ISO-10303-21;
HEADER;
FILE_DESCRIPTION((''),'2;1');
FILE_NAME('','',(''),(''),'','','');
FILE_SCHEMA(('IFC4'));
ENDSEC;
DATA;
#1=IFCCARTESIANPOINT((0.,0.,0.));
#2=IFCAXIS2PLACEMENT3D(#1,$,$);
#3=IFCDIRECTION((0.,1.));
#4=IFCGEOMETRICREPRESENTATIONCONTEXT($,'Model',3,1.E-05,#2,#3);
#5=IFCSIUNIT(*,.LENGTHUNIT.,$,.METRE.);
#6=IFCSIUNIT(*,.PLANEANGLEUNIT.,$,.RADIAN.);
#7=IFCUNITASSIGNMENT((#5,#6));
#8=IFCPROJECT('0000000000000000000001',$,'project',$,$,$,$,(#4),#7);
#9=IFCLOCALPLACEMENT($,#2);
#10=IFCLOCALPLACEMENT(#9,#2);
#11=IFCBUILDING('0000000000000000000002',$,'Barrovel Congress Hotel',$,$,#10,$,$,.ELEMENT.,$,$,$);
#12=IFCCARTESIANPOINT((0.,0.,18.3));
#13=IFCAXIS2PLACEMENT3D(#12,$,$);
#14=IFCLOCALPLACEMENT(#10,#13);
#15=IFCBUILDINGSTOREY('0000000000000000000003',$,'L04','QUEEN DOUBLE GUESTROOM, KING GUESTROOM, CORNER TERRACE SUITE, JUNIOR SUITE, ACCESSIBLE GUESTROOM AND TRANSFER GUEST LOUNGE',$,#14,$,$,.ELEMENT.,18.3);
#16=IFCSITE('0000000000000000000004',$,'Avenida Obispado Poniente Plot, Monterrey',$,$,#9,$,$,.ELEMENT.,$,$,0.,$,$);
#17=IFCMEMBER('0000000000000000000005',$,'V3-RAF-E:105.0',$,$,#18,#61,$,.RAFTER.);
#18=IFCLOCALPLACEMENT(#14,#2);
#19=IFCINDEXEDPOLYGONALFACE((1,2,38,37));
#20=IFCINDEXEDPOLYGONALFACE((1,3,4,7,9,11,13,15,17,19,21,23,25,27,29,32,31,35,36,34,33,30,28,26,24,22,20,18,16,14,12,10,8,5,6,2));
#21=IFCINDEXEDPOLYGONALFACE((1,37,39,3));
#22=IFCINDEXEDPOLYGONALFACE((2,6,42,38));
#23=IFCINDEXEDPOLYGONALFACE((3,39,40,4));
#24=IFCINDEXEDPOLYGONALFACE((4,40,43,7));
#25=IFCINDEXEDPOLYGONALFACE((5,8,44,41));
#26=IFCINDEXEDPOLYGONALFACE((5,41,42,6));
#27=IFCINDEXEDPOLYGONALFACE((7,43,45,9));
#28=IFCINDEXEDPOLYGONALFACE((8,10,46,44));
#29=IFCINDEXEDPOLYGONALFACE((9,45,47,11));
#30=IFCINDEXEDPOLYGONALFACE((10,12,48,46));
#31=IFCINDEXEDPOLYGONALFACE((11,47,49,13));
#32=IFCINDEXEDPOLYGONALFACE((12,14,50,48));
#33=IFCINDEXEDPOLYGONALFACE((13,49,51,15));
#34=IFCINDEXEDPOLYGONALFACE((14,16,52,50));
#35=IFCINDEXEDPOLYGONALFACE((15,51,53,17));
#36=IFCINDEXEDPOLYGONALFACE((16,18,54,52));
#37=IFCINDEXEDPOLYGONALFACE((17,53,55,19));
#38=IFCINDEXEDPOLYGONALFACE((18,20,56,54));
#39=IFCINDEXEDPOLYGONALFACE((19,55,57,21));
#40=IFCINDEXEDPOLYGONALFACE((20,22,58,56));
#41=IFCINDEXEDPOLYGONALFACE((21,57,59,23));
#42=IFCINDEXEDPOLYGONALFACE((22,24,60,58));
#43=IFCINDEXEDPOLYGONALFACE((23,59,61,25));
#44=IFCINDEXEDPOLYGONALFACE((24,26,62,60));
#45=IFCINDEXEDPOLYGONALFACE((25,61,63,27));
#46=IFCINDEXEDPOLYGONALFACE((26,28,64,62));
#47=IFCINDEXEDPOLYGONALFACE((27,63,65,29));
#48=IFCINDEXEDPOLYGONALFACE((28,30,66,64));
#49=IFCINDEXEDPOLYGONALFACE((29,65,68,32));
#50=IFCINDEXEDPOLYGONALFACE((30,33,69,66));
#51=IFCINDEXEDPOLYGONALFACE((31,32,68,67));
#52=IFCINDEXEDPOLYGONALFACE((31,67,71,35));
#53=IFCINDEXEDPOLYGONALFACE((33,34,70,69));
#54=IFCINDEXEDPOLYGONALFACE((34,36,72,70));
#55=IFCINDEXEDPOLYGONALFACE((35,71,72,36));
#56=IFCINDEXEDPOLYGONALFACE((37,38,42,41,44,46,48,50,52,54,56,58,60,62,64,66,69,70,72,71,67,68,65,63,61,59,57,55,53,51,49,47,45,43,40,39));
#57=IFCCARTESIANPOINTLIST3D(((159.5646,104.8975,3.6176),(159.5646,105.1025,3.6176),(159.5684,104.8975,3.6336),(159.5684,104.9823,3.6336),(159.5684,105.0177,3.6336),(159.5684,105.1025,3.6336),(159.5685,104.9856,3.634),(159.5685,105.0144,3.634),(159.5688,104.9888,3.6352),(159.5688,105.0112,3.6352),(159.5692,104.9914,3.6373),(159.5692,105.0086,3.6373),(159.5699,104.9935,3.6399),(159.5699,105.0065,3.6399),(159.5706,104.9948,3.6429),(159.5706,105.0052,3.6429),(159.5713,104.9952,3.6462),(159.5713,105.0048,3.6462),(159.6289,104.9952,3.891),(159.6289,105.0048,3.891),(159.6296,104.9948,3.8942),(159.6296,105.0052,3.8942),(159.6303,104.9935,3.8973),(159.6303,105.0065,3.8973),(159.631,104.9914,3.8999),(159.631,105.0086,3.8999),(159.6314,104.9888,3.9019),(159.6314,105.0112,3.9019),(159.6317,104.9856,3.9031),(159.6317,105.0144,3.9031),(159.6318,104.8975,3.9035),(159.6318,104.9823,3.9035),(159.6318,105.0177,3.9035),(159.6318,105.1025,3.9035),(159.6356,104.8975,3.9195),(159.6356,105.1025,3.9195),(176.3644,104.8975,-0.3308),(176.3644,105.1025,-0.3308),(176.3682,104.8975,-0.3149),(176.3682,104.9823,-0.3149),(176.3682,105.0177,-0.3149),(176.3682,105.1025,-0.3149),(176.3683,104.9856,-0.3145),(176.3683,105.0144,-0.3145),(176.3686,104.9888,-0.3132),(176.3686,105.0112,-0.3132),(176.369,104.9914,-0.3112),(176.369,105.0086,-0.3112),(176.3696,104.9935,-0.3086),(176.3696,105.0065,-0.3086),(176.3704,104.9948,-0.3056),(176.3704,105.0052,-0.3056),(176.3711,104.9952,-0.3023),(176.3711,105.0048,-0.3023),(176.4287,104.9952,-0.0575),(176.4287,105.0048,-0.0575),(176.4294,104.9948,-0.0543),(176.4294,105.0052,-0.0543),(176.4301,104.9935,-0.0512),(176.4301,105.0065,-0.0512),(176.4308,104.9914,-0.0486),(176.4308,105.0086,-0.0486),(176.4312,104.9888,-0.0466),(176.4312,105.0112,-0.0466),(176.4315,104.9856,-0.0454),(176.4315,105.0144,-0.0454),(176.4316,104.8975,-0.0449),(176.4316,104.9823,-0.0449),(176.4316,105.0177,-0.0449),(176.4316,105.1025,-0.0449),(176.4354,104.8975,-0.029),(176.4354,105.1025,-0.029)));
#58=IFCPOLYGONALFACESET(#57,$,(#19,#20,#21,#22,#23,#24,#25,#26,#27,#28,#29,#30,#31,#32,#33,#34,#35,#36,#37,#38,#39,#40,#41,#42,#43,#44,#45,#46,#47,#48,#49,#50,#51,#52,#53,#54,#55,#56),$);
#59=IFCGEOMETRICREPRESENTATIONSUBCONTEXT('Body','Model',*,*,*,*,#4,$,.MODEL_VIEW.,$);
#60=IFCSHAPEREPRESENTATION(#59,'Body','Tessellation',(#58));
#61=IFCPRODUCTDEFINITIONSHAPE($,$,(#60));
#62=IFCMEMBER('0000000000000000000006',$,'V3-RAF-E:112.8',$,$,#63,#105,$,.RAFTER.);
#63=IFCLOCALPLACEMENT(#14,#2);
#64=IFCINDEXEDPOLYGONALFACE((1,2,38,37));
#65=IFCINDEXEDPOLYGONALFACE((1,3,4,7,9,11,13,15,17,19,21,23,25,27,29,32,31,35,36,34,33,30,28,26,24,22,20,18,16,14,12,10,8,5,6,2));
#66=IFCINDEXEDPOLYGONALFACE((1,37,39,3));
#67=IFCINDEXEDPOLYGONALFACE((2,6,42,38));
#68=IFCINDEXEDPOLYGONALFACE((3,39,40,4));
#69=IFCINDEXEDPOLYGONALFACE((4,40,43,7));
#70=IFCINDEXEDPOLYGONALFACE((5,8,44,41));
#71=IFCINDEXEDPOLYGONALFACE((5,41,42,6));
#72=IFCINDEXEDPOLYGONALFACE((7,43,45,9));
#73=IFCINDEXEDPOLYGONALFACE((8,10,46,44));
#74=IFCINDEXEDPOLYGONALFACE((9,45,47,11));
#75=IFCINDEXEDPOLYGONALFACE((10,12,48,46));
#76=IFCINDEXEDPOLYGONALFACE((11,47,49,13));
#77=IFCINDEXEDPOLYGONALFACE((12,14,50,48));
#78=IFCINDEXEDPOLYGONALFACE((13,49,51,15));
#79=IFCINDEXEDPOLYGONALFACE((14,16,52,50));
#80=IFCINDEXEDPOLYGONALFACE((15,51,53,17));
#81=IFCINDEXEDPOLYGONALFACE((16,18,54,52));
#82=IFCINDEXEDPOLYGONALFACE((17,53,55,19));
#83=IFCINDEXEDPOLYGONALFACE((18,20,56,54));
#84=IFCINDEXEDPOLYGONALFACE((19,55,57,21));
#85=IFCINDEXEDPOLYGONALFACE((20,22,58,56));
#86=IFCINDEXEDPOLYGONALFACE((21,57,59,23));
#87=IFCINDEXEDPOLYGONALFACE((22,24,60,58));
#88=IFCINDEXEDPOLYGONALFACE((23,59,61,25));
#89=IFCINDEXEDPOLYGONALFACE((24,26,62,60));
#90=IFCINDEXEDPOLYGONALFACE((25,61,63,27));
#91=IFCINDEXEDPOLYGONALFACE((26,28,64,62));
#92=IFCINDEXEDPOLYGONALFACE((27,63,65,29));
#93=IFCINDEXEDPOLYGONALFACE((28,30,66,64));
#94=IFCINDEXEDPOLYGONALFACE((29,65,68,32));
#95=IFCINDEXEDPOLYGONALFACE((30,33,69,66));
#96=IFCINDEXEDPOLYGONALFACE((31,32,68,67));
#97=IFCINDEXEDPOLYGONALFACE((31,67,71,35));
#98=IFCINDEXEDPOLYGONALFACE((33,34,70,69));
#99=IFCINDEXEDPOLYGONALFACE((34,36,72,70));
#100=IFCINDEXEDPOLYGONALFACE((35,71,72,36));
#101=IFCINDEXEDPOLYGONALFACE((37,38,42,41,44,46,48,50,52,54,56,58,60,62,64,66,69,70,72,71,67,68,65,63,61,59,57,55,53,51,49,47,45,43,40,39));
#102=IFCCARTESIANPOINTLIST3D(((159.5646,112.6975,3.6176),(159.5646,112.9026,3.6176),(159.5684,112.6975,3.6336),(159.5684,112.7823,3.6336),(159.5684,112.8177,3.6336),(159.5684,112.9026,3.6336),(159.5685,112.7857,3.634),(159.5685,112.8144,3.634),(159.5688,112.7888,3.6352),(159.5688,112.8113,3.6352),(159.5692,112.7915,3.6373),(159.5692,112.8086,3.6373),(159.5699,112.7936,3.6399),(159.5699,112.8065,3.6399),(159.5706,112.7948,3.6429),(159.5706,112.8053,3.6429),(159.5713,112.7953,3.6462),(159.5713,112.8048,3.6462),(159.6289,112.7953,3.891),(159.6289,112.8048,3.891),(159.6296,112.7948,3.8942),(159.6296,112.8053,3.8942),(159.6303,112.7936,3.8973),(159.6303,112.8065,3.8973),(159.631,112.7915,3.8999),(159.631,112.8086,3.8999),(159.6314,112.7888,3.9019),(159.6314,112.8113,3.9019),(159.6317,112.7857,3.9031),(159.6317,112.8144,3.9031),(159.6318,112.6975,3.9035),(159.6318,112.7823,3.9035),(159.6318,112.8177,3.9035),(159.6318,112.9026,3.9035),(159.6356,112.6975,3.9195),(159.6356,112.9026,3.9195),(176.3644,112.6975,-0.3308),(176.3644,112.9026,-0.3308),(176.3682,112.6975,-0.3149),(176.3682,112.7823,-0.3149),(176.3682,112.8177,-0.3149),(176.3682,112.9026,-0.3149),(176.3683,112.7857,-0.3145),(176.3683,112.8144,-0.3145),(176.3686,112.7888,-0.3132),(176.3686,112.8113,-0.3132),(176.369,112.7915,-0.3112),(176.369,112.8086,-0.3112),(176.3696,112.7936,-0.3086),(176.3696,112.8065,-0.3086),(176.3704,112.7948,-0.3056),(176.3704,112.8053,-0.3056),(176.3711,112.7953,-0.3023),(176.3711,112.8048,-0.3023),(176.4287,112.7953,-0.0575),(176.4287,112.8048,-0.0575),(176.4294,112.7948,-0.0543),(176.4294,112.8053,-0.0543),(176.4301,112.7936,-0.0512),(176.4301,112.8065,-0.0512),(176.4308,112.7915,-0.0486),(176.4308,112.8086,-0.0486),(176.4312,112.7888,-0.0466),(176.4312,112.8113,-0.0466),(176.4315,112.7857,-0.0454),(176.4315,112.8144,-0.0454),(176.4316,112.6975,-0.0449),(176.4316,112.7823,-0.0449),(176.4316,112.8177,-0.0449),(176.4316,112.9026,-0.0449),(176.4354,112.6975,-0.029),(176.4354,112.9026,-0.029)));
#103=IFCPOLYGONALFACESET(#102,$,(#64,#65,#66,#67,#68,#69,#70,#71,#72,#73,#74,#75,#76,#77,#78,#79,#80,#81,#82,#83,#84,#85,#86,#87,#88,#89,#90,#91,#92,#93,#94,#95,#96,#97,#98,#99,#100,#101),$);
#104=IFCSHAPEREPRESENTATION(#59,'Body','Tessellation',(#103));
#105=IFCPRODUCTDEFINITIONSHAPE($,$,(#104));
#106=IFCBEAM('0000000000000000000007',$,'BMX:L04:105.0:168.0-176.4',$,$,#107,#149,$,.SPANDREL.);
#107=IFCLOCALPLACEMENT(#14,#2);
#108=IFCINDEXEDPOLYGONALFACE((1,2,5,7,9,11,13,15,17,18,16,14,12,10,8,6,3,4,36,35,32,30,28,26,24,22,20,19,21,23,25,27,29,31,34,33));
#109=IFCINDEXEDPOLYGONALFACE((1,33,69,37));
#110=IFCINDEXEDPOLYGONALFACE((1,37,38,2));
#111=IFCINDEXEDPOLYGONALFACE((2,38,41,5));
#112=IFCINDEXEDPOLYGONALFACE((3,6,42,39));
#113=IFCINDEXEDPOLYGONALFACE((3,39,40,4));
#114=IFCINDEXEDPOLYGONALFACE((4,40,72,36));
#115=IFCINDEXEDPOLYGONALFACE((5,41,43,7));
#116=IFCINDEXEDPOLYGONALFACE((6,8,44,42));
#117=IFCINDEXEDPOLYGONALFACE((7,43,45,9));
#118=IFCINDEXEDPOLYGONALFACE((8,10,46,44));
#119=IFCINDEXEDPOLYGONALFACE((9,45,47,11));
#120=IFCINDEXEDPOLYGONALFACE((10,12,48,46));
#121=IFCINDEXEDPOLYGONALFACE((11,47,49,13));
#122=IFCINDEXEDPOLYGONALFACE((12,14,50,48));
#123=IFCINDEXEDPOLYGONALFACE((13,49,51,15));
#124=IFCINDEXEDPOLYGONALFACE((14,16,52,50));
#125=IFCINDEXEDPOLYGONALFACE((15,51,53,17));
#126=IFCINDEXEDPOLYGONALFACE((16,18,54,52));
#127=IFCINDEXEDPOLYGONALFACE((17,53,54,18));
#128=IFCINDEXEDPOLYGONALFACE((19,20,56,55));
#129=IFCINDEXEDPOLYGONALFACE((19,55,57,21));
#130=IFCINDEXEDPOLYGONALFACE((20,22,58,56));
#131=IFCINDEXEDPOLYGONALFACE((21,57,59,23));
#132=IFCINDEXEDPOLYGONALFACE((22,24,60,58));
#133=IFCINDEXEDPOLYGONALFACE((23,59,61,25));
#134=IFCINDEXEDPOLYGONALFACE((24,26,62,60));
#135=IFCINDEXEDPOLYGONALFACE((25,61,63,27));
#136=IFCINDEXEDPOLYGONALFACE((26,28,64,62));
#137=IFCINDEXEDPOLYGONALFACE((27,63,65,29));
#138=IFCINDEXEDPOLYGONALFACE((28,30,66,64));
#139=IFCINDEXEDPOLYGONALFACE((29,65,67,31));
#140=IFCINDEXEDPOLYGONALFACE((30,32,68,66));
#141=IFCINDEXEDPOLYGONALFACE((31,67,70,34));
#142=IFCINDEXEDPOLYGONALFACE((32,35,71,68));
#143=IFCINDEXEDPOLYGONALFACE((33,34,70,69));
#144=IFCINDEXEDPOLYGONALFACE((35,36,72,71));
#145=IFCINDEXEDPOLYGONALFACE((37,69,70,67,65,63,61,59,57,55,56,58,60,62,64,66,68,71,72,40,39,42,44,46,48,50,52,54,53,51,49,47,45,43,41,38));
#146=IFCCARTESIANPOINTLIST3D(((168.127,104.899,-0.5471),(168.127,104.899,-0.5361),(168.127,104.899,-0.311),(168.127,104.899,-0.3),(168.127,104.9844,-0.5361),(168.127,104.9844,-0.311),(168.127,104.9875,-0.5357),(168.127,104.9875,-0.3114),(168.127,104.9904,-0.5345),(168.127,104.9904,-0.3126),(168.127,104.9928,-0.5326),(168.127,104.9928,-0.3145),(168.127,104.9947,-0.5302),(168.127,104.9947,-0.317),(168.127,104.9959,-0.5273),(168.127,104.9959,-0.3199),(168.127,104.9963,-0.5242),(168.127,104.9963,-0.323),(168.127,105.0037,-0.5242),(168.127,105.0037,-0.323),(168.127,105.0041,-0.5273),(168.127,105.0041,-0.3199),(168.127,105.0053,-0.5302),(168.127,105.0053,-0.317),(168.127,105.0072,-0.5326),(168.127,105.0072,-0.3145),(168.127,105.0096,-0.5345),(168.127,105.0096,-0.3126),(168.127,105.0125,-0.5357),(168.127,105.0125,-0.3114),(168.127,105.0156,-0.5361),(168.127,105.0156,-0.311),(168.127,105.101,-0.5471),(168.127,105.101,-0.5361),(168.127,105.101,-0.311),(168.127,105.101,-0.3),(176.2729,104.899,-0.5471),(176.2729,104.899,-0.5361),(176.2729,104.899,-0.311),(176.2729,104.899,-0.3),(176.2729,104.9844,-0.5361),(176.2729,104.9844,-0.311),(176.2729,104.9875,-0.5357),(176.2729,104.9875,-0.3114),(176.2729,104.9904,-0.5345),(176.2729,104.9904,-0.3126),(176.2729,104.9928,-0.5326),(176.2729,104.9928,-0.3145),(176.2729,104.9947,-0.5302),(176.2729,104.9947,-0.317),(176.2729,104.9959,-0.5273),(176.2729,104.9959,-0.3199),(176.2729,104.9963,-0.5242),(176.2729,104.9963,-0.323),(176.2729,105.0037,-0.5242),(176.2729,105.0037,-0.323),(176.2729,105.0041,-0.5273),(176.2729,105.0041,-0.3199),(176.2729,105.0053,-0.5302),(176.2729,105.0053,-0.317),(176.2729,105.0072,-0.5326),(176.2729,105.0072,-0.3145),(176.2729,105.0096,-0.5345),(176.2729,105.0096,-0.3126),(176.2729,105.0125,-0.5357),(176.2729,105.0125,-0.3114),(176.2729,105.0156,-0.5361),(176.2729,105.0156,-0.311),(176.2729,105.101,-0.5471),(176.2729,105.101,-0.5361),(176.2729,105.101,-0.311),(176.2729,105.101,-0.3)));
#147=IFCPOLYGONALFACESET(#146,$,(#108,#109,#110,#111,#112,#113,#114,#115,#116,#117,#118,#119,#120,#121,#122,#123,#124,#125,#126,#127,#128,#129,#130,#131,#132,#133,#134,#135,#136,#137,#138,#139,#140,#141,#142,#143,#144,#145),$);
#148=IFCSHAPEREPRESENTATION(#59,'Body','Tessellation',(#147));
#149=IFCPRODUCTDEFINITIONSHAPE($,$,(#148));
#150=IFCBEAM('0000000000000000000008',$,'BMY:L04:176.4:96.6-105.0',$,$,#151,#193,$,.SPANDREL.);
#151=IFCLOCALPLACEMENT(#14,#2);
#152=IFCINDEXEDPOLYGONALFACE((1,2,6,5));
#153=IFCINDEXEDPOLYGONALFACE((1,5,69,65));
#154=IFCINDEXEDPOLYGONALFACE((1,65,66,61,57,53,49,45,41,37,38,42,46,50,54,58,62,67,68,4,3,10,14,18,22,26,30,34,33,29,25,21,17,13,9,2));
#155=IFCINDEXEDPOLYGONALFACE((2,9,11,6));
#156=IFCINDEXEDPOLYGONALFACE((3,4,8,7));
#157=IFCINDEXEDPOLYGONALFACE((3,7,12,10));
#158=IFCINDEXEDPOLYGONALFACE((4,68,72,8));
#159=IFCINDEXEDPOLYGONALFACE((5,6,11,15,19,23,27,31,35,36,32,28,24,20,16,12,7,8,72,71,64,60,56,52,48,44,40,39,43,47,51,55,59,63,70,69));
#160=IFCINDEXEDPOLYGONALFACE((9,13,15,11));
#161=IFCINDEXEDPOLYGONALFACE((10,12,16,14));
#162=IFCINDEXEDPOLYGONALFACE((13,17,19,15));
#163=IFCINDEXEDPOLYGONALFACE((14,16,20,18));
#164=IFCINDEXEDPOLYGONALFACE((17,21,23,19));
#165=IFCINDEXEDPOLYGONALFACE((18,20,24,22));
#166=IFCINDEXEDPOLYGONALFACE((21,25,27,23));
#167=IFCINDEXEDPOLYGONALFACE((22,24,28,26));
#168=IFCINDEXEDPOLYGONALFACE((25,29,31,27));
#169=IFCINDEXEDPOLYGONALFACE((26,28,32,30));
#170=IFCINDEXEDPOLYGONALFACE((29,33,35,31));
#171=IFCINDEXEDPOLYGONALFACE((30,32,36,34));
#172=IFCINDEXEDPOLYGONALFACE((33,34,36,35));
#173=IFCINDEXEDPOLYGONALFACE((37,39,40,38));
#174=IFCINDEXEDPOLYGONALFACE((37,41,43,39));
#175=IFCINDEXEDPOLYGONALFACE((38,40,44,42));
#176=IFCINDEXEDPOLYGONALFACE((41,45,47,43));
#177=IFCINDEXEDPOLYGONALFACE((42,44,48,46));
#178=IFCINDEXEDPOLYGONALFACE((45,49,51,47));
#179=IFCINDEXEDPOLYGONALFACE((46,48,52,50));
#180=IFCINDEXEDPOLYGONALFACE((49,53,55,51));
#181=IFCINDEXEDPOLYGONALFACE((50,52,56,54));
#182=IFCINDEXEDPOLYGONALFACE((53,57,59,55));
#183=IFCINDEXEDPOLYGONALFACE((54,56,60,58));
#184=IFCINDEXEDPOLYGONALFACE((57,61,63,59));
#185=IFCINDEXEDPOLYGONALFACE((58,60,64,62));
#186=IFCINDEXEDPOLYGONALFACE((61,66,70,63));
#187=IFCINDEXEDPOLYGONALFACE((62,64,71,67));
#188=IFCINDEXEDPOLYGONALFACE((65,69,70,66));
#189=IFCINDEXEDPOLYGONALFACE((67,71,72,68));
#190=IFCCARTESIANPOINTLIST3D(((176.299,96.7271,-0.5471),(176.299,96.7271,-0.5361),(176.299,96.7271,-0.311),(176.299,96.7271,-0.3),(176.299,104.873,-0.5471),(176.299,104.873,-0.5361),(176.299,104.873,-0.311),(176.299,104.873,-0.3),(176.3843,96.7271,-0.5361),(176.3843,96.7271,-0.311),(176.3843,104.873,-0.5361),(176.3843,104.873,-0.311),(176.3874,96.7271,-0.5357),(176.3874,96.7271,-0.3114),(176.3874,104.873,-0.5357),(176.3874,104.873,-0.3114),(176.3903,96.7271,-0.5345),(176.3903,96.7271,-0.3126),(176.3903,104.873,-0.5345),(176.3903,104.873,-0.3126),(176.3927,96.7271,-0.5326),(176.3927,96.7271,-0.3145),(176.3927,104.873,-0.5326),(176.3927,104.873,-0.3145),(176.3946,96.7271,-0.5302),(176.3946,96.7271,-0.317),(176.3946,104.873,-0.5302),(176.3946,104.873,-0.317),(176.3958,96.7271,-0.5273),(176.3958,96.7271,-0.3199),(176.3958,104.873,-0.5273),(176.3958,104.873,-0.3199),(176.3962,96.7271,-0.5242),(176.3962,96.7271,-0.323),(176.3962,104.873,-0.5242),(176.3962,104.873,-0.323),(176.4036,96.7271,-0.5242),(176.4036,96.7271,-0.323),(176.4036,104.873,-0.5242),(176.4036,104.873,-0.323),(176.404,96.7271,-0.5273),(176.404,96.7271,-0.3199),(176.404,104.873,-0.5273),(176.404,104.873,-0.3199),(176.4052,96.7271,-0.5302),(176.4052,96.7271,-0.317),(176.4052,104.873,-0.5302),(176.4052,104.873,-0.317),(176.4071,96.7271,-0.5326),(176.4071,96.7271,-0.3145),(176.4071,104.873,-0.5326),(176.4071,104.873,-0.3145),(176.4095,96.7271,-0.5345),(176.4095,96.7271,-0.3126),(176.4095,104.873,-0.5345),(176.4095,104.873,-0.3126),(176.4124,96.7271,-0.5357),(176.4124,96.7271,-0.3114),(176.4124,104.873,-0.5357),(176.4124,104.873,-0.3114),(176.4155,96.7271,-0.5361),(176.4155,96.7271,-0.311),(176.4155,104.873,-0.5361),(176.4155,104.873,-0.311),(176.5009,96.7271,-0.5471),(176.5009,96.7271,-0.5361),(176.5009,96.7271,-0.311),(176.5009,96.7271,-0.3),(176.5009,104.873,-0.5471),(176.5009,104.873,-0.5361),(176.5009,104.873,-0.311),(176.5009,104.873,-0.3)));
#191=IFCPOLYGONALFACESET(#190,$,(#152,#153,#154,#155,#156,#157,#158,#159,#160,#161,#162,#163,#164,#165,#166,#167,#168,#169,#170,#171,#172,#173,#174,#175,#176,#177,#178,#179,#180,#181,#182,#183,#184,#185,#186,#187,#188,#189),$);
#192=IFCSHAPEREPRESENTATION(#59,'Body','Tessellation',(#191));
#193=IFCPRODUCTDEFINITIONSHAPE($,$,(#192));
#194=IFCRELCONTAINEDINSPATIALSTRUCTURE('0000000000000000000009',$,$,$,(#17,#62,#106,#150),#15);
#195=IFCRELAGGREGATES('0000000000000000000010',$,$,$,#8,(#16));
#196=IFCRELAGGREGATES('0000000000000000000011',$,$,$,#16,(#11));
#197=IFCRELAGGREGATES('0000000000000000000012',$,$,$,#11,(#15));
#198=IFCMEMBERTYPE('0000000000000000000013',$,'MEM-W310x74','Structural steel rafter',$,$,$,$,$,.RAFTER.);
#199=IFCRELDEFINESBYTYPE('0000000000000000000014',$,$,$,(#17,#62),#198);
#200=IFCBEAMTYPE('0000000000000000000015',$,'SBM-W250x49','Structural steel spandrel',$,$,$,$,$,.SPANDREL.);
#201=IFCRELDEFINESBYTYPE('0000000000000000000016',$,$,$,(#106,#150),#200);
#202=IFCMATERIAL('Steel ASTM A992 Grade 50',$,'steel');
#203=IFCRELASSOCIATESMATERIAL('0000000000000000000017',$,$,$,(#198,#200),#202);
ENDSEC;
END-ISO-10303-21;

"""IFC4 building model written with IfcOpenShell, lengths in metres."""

from ifc_helpers import new_model, si_unit, direction, frame, origin, origin_2d, place, context, subcontext, project, spatial, i_section, extrude, material, material_profile, profile_set, type_object, element, save


model = new_model("IFC4")

# Units and contexts
model_context = context("Model", 3, precision=1e-05, world=origin(), true_north=direction((0.0, 1.0)))
body_context = subcontext(model_context, "Body", "Model", "MODEL_VIEW")
ifc_project = project(units=[si_unit("LENGTHUNIT", "METRE"), si_unit("PLANEANGLEUNIT", "RADIAN")], contexts=[model_context])

# Site, building, storey
site_placement = place(None, origin())
site = spatial("IfcSite", under=ifc_project, at=site_placement, Name="Avenida Obispado Poniente Plot, Monterrey", CompositionType="ELEMENT", RefElevation=0.0)
building_placement = place(site_placement, origin())
building = spatial("IfcBuilding", under=site, at=building_placement, Name="Barrovel Congress Hotel", CompositionType="ELEMENT")
storey_placement = place(building_placement, frame((0.0, 0.0, 18.3)))
storey = spatial("IfcBuildingStorey", under=building, at=storey_placement, Name="L04", Description="QUEEN DOUBLE GUESTROOM, KING GUESTROOM, CORNER TERRACE SUITE, JUNIOR SUITE, ACCESSIBLE GUESTROOM AND TRANSFER GUEST LOUNGE", CompositionType="ELEMENT", Elevation=18.3)

# Members
ifc_material_1 = material(Name="Steel ASTM A992 Grade 50", Category="steel")
ifc_material_profile_1 = material_profile(ifc_material_1, i_section(OverallWidth=0.2051, OverallDepth=0.3101, WebThickness=0.0095, FlangeThickness=0.0164, FilletRadius=0.0129, at=origin_2d()), Name="W310x74")
ifc_profile_set_1 = profile_set([ifc_material_profile_1], Name="Steel ASTM A992 Grade 50")
member_type_1 = type_object("IfcMemberType", Name="MEM-W310x74", Description="Structural steel rafter", PredefinedType="RAFTER", material=ifc_profile_set_1)
for number, where, z_axis, x_axis, name in (
    (1, (159.6001, 105.0, 3.7686), (0.973474, 0.0, -0.228797), (0.0, 1.0, 0.0), "V3-RAF-E:105.0"),
    (2, (159.6001, 112.8, 3.7686), (0.973474, 0.0, -0.228797), (0.0, 1.0, 0.0), "V3-RAF-E:112.8"),
):
    element("IfcMember", number, at=place(storey_placement, frame(where, z_axis=z_axis, x_axis=x_axis)), inside=storey, type_object=member_type_1, Name=name, PredefinedType="RAFTER", context=body_context, shape_type="SweptSolid", body=[
        extrude(i_section(OverallWidth=0.2051, OverallDepth=0.3101, WebThickness=0.0095, FlangeThickness=0.0164, FilletRadius=0.0129, at=origin_2d()), origin(), (0.0, 0.0, 1.0), 17.2576),
    ])

# Beams
ifc_material_profile_2 = material_profile(ifc_material_1, i_section(OverallWidth=0.2019, OverallDepth=0.2471, WebThickness=0.0073, FlangeThickness=0.011, FilletRadius=0.012, at=origin_2d()), Name="W250x49")
ifc_profile_set_2 = profile_set([ifc_material_profile_2], Name="Steel ASTM A992 Grade 50")
beam_type_1 = type_object("IfcBeamType", Name="SBM-W250x49", Description="Structural steel spandrel", PredefinedType="SPANDREL", material=ifc_profile_set_2)
for number, where, z_axis, x_axis, name in (
    (3, (168.127, 105.0, -0.4236), (1.0, 0.0, 0.0), (0.0, 1.0, 0.0), "BMX:L04:105.0:168.0-176.4"),
    (4, (176.3999, 96.7271, -0.4236), (0.0, 1.0, 0.0), (-1.0, 0.0, 0.0), "BMY:L04:176.4:96.6-105.0"),
):
    element("IfcBeam", number, at=place(storey_placement, frame(where, z_axis=z_axis, x_axis=x_axis)), inside=storey, type_object=beam_type_1, Name=name, PredefinedType="SPANDREL", context=body_context, shape_type="SweptSolid", body=[
        extrude(i_section(OverallWidth=0.2019, OverallDepth=0.2471, WebThickness=0.0073, FlangeThickness=0.011, FilletRadius=0.012, at=origin_2d()), origin(), (0.0, 0.0, 1.0), 8.146),
    ])

save(model, "model.ifc")
